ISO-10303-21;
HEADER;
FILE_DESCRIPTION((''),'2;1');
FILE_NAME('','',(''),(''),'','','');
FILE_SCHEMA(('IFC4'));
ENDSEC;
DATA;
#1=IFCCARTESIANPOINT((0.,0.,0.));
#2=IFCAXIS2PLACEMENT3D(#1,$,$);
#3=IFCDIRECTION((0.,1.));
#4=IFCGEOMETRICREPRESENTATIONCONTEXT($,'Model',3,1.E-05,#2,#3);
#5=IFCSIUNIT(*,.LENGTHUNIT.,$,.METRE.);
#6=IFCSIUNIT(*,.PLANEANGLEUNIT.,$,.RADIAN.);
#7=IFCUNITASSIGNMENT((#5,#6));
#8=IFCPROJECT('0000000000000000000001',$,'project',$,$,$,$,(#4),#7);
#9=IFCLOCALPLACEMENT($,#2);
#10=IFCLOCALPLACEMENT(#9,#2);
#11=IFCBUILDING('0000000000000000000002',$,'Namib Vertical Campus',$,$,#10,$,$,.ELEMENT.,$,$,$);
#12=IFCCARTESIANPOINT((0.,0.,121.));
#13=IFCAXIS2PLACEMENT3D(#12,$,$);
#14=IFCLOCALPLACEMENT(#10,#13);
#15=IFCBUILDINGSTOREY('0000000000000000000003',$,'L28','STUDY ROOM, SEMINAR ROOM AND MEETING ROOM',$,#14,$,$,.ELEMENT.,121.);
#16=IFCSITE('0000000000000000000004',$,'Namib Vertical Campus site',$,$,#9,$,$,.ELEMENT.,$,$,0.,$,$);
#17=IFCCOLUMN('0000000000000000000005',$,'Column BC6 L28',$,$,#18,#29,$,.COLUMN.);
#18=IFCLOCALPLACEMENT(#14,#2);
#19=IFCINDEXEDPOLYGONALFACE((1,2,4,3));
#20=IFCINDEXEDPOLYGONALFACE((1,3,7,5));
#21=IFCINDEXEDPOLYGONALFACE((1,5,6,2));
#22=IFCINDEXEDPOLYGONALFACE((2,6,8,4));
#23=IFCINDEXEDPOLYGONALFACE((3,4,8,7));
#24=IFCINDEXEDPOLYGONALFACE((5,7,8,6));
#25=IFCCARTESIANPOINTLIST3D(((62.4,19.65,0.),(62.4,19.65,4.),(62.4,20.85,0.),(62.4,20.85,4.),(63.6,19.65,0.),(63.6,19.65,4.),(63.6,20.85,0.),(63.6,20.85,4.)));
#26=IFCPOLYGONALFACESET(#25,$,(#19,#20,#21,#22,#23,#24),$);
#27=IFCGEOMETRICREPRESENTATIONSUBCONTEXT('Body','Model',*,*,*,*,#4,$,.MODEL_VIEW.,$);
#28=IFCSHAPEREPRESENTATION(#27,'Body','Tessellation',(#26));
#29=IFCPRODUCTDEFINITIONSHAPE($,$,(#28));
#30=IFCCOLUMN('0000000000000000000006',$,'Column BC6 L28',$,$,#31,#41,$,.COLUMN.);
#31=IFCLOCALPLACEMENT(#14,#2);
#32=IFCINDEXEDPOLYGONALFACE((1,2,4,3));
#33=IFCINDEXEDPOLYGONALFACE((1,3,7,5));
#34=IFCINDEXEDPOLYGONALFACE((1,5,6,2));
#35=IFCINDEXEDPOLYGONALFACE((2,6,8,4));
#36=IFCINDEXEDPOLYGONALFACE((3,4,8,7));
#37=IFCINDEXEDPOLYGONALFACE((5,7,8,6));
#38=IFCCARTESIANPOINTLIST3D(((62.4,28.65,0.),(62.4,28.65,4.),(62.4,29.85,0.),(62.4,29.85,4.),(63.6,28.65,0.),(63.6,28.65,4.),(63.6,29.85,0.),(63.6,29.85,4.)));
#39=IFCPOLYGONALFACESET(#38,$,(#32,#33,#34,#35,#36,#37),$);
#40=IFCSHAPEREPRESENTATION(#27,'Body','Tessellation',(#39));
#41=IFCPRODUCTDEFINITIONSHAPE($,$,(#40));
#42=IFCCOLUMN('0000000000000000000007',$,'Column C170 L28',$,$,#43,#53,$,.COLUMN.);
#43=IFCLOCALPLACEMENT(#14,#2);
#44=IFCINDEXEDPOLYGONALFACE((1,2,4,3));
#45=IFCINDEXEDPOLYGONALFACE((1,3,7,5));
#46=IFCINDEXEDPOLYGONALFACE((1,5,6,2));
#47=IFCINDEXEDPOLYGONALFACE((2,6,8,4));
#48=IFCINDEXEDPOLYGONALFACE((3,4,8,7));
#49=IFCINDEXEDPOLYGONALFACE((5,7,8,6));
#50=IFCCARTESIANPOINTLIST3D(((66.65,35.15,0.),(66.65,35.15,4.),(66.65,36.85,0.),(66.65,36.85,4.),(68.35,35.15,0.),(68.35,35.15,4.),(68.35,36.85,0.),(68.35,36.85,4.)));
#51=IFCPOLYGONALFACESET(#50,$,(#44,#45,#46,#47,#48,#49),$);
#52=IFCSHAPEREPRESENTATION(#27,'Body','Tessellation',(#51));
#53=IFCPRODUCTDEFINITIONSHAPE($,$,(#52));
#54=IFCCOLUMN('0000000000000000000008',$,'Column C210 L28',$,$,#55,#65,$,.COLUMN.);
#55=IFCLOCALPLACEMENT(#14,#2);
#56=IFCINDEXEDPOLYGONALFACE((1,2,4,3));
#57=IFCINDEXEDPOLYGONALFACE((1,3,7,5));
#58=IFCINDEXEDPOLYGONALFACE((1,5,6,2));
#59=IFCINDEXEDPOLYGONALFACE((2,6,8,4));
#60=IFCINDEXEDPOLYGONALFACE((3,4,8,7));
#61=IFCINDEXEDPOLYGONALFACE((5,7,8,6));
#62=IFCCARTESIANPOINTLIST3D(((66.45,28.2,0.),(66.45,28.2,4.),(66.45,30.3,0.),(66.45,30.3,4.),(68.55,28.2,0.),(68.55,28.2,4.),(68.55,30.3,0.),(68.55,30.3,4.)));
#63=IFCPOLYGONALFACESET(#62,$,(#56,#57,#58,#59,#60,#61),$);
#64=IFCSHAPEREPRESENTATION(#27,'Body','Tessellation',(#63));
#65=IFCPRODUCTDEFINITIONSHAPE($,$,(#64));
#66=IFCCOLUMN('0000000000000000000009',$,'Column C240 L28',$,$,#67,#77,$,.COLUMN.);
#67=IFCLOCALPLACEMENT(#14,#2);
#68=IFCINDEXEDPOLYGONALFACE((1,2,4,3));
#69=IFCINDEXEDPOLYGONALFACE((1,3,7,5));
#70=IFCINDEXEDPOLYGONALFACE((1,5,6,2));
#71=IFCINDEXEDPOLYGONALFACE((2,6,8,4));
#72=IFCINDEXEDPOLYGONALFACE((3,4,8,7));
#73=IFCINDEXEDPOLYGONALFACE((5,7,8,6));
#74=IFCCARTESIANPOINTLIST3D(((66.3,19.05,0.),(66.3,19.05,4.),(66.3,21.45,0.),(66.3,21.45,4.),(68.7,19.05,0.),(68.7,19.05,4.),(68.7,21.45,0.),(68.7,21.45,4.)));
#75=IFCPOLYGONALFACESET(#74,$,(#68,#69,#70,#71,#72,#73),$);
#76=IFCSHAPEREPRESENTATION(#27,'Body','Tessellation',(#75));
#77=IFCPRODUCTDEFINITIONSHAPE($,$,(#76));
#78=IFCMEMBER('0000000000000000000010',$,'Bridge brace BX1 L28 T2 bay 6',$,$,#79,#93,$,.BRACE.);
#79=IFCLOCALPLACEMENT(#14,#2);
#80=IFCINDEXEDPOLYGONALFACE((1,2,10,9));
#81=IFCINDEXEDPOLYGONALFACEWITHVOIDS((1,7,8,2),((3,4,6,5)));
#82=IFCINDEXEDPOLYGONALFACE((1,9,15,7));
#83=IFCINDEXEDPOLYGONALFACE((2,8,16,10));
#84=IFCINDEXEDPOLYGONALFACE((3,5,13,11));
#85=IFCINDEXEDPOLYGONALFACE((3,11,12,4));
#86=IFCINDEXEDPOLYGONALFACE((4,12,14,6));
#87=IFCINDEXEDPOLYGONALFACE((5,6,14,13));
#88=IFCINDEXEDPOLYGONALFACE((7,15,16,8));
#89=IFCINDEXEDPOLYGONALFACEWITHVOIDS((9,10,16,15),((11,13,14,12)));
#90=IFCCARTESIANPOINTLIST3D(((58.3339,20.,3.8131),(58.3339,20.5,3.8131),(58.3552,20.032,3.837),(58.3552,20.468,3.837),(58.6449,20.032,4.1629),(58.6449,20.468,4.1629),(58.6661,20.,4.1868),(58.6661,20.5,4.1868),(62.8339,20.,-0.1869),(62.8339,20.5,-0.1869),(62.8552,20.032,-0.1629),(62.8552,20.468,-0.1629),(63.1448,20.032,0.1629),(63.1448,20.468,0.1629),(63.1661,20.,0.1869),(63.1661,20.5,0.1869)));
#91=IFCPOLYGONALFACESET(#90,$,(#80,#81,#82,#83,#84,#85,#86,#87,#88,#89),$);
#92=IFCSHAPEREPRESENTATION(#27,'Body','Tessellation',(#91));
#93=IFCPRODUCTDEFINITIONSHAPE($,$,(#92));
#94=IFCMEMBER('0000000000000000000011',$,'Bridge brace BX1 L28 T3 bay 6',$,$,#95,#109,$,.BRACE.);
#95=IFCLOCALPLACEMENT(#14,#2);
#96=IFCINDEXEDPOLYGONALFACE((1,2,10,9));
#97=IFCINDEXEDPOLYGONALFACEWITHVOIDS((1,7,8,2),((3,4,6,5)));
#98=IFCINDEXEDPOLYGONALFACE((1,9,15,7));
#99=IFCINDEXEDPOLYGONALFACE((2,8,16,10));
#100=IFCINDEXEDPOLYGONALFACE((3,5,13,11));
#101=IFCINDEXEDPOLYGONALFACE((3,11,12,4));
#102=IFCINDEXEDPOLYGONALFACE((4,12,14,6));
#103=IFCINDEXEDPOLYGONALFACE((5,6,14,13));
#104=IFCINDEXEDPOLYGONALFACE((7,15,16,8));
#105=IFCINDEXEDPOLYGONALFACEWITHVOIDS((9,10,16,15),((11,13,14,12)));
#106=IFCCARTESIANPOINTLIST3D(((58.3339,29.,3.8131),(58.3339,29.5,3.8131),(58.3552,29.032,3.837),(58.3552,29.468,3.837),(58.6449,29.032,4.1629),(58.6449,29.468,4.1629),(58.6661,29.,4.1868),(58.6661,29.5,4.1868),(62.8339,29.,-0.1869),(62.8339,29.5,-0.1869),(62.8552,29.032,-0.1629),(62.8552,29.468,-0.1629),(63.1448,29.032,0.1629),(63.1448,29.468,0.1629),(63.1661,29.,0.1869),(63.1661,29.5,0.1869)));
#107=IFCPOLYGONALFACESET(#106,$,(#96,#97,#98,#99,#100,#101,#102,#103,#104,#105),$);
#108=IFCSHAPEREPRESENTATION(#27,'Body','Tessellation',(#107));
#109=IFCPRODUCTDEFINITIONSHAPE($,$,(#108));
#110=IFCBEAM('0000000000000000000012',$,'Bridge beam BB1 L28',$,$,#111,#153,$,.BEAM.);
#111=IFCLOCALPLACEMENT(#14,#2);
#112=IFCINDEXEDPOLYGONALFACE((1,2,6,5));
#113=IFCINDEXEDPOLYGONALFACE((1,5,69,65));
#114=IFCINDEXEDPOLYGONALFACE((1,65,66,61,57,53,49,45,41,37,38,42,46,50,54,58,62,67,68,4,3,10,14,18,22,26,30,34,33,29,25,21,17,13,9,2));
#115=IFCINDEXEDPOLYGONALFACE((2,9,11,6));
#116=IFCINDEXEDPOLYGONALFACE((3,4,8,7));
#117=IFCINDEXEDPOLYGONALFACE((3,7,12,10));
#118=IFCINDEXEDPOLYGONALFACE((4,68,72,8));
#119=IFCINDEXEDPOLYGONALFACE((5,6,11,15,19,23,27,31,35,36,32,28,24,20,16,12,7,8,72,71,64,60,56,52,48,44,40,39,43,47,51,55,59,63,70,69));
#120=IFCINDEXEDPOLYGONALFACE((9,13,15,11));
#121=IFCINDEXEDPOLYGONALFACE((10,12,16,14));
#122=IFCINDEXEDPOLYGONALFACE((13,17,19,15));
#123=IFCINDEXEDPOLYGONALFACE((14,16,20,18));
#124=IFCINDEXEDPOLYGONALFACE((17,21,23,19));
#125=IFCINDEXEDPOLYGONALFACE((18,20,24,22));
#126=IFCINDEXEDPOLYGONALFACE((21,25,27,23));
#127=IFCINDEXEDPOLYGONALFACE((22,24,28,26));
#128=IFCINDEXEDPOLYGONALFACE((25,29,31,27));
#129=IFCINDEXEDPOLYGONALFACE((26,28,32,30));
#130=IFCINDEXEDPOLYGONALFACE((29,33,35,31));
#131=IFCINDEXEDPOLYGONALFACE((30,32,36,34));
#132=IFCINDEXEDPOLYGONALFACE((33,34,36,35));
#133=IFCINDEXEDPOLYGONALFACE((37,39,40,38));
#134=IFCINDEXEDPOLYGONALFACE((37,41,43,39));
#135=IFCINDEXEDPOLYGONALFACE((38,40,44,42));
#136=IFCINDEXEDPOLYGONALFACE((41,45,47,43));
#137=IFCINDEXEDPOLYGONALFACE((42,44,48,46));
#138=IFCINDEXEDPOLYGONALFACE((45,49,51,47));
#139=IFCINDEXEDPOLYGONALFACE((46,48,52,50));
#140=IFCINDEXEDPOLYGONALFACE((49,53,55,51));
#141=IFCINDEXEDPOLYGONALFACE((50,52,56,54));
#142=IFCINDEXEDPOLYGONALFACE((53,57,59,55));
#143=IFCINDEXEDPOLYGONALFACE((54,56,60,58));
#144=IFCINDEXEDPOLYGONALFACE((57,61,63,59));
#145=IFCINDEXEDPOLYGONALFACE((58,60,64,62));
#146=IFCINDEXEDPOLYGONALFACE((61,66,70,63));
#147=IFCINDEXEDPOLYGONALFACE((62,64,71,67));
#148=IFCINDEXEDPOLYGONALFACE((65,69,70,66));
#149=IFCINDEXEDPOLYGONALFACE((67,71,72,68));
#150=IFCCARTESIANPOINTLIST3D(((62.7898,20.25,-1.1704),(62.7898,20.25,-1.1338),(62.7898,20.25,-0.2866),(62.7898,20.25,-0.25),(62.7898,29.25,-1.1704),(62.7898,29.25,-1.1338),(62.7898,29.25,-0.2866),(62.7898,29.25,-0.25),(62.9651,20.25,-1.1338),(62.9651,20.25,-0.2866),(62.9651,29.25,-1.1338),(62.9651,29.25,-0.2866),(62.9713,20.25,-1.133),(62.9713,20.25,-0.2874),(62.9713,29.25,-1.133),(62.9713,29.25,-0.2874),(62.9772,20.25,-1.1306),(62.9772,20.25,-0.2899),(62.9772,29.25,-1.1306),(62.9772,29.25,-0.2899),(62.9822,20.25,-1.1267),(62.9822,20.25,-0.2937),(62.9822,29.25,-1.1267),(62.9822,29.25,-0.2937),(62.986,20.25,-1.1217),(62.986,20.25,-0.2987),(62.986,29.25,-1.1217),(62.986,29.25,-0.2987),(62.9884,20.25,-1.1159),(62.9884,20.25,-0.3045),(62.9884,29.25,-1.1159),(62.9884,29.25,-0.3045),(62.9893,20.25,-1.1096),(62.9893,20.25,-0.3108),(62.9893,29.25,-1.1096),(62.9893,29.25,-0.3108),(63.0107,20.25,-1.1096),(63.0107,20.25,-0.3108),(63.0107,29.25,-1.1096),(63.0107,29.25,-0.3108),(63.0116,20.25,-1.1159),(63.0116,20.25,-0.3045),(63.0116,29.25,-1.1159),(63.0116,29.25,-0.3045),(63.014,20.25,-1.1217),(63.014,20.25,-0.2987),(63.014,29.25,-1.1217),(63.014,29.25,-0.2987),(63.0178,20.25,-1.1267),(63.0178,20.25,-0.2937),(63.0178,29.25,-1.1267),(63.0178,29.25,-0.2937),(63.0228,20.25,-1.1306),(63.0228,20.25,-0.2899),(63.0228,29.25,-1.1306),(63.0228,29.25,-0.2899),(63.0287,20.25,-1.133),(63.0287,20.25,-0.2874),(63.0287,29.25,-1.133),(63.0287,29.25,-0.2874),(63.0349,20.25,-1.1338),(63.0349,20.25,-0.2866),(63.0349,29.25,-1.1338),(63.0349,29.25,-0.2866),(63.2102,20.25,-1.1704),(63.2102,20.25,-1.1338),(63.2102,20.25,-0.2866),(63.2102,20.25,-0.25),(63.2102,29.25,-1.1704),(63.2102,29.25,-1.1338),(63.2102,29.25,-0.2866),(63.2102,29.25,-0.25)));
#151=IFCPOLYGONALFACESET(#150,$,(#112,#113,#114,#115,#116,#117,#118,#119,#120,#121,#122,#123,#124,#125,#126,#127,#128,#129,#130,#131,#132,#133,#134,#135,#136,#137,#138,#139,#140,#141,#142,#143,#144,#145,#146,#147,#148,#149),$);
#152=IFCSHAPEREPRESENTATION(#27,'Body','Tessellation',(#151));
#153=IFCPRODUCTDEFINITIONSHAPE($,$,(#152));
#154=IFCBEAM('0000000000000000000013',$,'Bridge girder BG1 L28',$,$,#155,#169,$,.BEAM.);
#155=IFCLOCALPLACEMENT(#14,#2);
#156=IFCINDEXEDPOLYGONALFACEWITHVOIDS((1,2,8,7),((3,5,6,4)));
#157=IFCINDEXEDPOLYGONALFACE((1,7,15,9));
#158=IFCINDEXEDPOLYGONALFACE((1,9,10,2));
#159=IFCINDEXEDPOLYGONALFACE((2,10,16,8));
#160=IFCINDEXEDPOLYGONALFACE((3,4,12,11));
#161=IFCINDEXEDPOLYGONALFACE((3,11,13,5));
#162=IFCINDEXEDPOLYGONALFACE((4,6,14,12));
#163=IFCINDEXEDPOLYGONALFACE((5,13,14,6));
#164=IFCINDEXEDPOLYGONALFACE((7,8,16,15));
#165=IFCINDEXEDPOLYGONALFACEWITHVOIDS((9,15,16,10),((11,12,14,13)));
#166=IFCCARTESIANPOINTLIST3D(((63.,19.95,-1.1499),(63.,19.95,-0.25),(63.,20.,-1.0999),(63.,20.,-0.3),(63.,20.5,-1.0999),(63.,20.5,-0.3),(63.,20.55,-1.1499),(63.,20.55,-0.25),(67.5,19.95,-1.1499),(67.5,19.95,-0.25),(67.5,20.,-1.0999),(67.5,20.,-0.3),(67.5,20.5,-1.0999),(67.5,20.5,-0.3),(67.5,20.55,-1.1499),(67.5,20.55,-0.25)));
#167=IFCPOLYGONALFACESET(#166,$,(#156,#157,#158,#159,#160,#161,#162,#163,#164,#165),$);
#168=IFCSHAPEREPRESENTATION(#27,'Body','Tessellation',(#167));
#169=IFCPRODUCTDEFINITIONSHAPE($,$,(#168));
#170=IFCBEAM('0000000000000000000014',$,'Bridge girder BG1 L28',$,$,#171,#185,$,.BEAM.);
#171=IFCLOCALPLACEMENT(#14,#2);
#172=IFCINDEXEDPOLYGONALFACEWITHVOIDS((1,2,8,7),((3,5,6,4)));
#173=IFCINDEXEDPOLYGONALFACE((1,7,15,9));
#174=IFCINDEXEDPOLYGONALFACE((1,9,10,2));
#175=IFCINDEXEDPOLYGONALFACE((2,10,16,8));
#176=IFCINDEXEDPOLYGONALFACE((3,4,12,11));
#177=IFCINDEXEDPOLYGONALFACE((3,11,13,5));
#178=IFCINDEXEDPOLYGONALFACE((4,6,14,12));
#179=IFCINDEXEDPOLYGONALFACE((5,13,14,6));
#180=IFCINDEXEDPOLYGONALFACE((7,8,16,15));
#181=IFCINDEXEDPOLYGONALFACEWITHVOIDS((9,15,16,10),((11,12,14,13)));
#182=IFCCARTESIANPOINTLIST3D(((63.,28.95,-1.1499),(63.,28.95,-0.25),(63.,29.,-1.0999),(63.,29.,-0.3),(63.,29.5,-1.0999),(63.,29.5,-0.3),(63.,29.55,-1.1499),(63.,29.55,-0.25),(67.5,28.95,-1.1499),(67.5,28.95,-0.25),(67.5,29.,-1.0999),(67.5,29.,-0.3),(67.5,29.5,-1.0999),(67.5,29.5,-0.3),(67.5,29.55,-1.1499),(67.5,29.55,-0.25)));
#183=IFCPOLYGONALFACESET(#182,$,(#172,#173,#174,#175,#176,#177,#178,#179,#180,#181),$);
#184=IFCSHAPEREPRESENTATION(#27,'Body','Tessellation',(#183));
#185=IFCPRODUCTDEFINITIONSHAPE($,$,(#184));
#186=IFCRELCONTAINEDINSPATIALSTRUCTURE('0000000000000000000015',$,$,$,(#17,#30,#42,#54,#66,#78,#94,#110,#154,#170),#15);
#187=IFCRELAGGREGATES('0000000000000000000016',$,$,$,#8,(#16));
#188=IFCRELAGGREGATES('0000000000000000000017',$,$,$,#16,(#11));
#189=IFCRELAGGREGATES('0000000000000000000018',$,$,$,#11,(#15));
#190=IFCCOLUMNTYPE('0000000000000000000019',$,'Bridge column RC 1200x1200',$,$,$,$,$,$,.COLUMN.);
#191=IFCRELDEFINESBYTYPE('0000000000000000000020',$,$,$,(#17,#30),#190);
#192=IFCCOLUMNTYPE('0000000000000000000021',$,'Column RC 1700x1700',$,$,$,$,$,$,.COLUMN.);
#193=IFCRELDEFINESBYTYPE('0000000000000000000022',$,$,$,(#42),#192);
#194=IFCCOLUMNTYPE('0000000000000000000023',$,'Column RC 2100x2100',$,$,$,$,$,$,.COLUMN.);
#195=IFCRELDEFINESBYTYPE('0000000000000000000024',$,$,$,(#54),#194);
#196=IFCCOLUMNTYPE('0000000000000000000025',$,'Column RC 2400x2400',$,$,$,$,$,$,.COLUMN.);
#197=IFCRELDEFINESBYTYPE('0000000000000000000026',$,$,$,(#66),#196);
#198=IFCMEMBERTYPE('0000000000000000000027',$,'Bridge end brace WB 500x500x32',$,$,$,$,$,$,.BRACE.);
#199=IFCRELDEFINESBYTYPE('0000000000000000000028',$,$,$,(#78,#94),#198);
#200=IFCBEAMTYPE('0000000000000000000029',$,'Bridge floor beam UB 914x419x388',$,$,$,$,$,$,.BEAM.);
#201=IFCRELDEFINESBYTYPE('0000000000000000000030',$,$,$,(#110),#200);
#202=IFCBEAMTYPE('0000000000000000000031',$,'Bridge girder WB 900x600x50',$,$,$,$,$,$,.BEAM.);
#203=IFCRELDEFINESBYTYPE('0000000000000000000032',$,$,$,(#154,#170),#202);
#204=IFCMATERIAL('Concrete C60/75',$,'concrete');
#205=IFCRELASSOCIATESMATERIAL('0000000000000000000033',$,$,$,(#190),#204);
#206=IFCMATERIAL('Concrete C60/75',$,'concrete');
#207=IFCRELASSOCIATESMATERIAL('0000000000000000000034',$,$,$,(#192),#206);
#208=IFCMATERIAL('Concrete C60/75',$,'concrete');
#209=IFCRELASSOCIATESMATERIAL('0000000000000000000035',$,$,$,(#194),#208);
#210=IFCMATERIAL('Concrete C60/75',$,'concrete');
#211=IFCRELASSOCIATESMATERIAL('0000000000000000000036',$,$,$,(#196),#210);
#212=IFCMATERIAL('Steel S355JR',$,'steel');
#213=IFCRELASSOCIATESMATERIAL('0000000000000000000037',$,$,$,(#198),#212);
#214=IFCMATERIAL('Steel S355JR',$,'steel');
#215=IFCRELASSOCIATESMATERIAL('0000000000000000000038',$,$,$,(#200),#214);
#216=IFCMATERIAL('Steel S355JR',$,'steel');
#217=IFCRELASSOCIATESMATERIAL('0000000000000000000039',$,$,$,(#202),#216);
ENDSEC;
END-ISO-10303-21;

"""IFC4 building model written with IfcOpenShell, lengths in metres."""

from ifc_helpers import new_model, si_unit, direction, frame, origin, origin_2d, place, context, subcontext, project, spatial, rectangle, hollow_rectangle, i_section, extrude, material, material_profile, profile_set, type_object, element, save


model = new_model("IFC4")

# Units and contexts
model_context = context("Model", 3, precision=1e-05, world=origin(), true_north=direction((0.0, 1.0)))
body_context = subcontext(model_context, "Body", "Model", "MODEL_VIEW")
ifc_project = project(units=[si_unit("LENGTHUNIT", "METRE"), si_unit("PLANEANGLEUNIT", "RADIAN")], contexts=[model_context])

# Site, building, storey
site_placement = place(None, origin())
site = spatial("IfcSite", under=ifc_project, at=site_placement, Name="Namib Vertical Campus site", CompositionType="ELEMENT", RefElevation=0.0)
building_placement = place(site_placement, origin())
building = spatial("IfcBuilding", under=site, at=building_placement, Name="Namib Vertical Campus", CompositionType="ELEMENT")
storey_placement = place(building_placement, frame((0.0, 0.0, 121.0)))
storey = spatial("IfcBuildingStorey", under=building, at=storey_placement, Name="L28", Description="STUDY ROOM, SEMINAR ROOM AND MEETING ROOM", CompositionType="ELEMENT", Elevation=121.0)

# Columns
ifc_material_1 = material(Name="Concrete C60/75", Category="concrete")
ifc_material_profile_1 = material_profile(ifc_material_1, rectangle(XDim=1.2, YDim=1.2, at=origin_2d()))
ifc_profile_set_1 = profile_set([ifc_material_profile_1], Name="Concrete C60/75")
column_type_1 = type_object("IfcColumnType", Name="Bridge column RC 1200x1200", PredefinedType="COLUMN", material=ifc_profile_set_1)
for number, where, z_axis, x_axis, name in (
    (1, (63.0, 20.25, 0.0), (0.0, 0.0, 1.0), (1.0, 0.0, 0.0), "Column BC6 L28"),
    (2, (63.0, 29.25, 0.0), (0.0, 0.0, 1.0), (1.0, 0.0, 0.0), "Column BC6 L28"),
):
    element("IfcColumn", number, at=place(storey_placement, frame(where, z_axis=z_axis, x_axis=x_axis)), inside=storey, type_object=column_type_1, Name=name, PredefinedType="COLUMN", context=body_context, shape_type="SweptSolid", body=[
        extrude(rectangle(XDim=1.2, YDim=1.2, at=origin_2d()), origin(), (0.0, 0.0, 1.0), 4.0),
    ])
ifc_material_2 = material(Name="Concrete C60/75", Category="concrete")
ifc_material_profile_2 = material_profile(ifc_material_2, rectangle(XDim=1.7, YDim=1.7, at=origin_2d()))
ifc_profile_set_2 = profile_set([ifc_material_profile_2], Name="Concrete C60/75")
column_type_2 = type_object("IfcColumnType", Name="Column RC 1700x1700", PredefinedType="COLUMN", material=ifc_profile_set_2)
column_1_placement = place(storey_placement, frame((67.5, 36.0, 0.0), z_axis=(0.0, 0.0, 1.0), x_axis=(1.0, 0.0, 0.0)))
element("IfcColumn", 3, at=column_1_placement, inside=storey, type_object=column_type_2, Name="Column C170 L28", PredefinedType="COLUMN", context=body_context, shape_type="SweptSolid", body=[
    extrude(rectangle(XDim=1.7, YDim=1.7, at=origin_2d()), origin(), (0.0, 0.0, 1.0), 4.0),
])
ifc_material_3 = material(Name="Concrete C60/75", Category="concrete")
ifc_material_profile_3 = material_profile(ifc_material_3, rectangle(XDim=2.1001, YDim=2.1001, at=origin_2d()))
ifc_profile_set_3 = profile_set([ifc_material_profile_3], Name="Concrete C60/75")
column_type_3 = type_object("IfcColumnType", Name="Column RC 2100x2100", PredefinedType="COLUMN", material=ifc_profile_set_3)
column_2_placement = place(storey_placement, frame((67.5, 29.25, 0.0), z_axis=(0.0, 0.0, 1.0), x_axis=(1.0, 0.0, 0.0)))
element("IfcColumn", 4, at=column_2_placement, inside=storey, type_object=column_type_3, Name="Column C210 L28", PredefinedType="COLUMN", context=body_context, shape_type="SweptSolid", body=[
    extrude(rectangle(XDim=2.1001, YDim=2.1001, at=origin_2d()), origin(), (0.0, 0.0, 1.0), 4.0),
])
ifc_material_4 = material(Name="Concrete C60/75", Category="concrete")
ifc_material_profile_4 = material_profile(ifc_material_4, rectangle(XDim=2.3999, YDim=2.3999, at=origin_2d()))
ifc_profile_set_4 = profile_set([ifc_material_profile_4], Name="Concrete C60/75")
column_type_4 = type_object("IfcColumnType", Name="Column RC 2400x2400", PredefinedType="COLUMN", material=ifc_profile_set_4)
column_3_placement = place(storey_placement, frame((67.5, 20.25, 0.0), z_axis=(0.0, 0.0, 1.0), x_axis=(1.0, 0.0, 0.0)))
element("IfcColumn", 5, at=column_3_placement, inside=storey, type_object=column_type_4, Name="Column C240 L28", PredefinedType="COLUMN", context=body_context, shape_type="SweptSolid", body=[
    extrude(rectangle(XDim=2.3999, YDim=2.3999, at=origin_2d()), origin(), (0.0, 0.0, 1.0), 4.0),
])

# Members
ifc_material_5 = material(Name="Steel S355JR", Category="steel")
ifc_material_profile_5 = material_profile(ifc_material_5, hollow_rectangle(XDim=0.5, YDim=0.5, WallThickness=0.032, at=origin_2d()))
ifc_profile_set_5 = profile_set([ifc_material_profile_5], Name="Steel S355JR")
member_type_1 = type_object("IfcMemberType", Name="Bridge end brace WB 500x500x32", PredefinedType="BRACE", material=ifc_profile_set_5)
for number, where, z_axis, x_axis, name in (
    (6, (63.0, 20.25, 0.0), (-0.747409, 0.0, 0.664364), (0.0, -1.0, 0.0), "Bridge brace BX1 L28 T2 bay 6"),
    (7, (63.0, 29.25, 0.0), (-0.747409, 0.0, 0.664364), (0.0, -1.0, 0.0), "Bridge brace BX1 L28 T3 bay 6"),
):
    element("IfcMember", number, at=place(storey_placement, frame(where, z_axis=z_axis, x_axis=x_axis)), inside=storey, type_object=member_type_1, Name=name, PredefinedType="BRACE", context=body_context, shape_type="SweptSolid", body=[
        extrude(hollow_rectangle(XDim=0.5, YDim=0.5, WallThickness=0.032, at=origin_2d()), origin(), (0.0, 0.0, 1.0), 6.0208),
    ])

# Beams
ifc_material_6 = material(Name="Steel S355JR", Category="steel")
ifc_material_profile_6 = material_profile(ifc_material_6, i_section(OverallWidth=0.4204, OverallDepth=0.9204, WebThickness=0.0215, FlangeThickness=0.0366, FilletRadius=0.0242, at=origin_2d()))
ifc_profile_set_6 = profile_set([ifc_material_profile_6], Name="Steel S355JR")
beam_type_1 = type_object("IfcBeamType", Name="Bridge floor beam UB 914x419x388", PredefinedType="BEAM", material=ifc_profile_set_6)
beam_1_placement = place(storey_placement, frame((63.0, 20.25, -0.7102), z_axis=(0.0, 1.0, 0.0), x_axis=(-1.0, 0.0, 0.0)))
element("IfcBeam", 8, at=beam_1_placement, inside=storey, type_object=beam_type_1, Name="Bridge beam BB1 L28", PredefinedType="BEAM", context=body_context, shape_type="SweptSolid", body=[
    extrude(i_section(OverallWidth=0.4204, OverallDepth=0.9204, WebThickness=0.0215, FlangeThickness=0.0366, FilletRadius=0.0242, at=origin_2d()), origin(), (0.0, 0.0, 1.0), 9.0),
])
ifc_material_7 = material(Name="Steel S355JR", Category="steel")
ifc_material_profile_7 = material_profile(ifc_material_7, hollow_rectangle(XDim=0.6001, YDim=0.8999, WallThickness=0.05, at=origin_2d()))
ifc_profile_set_7 = profile_set([ifc_material_profile_7], Name="Steel S355JR")
beam_type_2 = type_object("IfcBeamType", Name="Bridge girder WB 900x600x50", PredefinedType="BEAM", material=ifc_profile_set_7)
for number, where, z_axis, x_axis, name in (
    (9, (63.0, 20.25, -0.7), (1.0, 0.0, 0.0), (0.0, 1.0, 0.0), "Bridge girder BG1 L28"),
    (10, (63.0, 29.25, -0.7), (1.0, 0.0, 0.0), (0.0, 1.0, 0.0), "Bridge girder BG1 L28"),
):
    element("IfcBeam", number, at=place(storey_placement, frame(where, z_axis=z_axis, x_axis=x_axis)), inside=storey, type_object=beam_type_2, Name=name, PredefinedType="BEAM", context=body_context, shape_type="SweptSolid", body=[
        extrude(hollow_rectangle(XDim=0.6001, YDim=0.8999, WallThickness=0.05, at=origin_2d()), origin(), (0.0, 0.0, 1.0), 4.5),
    ])

save(model, "model.ifc")
